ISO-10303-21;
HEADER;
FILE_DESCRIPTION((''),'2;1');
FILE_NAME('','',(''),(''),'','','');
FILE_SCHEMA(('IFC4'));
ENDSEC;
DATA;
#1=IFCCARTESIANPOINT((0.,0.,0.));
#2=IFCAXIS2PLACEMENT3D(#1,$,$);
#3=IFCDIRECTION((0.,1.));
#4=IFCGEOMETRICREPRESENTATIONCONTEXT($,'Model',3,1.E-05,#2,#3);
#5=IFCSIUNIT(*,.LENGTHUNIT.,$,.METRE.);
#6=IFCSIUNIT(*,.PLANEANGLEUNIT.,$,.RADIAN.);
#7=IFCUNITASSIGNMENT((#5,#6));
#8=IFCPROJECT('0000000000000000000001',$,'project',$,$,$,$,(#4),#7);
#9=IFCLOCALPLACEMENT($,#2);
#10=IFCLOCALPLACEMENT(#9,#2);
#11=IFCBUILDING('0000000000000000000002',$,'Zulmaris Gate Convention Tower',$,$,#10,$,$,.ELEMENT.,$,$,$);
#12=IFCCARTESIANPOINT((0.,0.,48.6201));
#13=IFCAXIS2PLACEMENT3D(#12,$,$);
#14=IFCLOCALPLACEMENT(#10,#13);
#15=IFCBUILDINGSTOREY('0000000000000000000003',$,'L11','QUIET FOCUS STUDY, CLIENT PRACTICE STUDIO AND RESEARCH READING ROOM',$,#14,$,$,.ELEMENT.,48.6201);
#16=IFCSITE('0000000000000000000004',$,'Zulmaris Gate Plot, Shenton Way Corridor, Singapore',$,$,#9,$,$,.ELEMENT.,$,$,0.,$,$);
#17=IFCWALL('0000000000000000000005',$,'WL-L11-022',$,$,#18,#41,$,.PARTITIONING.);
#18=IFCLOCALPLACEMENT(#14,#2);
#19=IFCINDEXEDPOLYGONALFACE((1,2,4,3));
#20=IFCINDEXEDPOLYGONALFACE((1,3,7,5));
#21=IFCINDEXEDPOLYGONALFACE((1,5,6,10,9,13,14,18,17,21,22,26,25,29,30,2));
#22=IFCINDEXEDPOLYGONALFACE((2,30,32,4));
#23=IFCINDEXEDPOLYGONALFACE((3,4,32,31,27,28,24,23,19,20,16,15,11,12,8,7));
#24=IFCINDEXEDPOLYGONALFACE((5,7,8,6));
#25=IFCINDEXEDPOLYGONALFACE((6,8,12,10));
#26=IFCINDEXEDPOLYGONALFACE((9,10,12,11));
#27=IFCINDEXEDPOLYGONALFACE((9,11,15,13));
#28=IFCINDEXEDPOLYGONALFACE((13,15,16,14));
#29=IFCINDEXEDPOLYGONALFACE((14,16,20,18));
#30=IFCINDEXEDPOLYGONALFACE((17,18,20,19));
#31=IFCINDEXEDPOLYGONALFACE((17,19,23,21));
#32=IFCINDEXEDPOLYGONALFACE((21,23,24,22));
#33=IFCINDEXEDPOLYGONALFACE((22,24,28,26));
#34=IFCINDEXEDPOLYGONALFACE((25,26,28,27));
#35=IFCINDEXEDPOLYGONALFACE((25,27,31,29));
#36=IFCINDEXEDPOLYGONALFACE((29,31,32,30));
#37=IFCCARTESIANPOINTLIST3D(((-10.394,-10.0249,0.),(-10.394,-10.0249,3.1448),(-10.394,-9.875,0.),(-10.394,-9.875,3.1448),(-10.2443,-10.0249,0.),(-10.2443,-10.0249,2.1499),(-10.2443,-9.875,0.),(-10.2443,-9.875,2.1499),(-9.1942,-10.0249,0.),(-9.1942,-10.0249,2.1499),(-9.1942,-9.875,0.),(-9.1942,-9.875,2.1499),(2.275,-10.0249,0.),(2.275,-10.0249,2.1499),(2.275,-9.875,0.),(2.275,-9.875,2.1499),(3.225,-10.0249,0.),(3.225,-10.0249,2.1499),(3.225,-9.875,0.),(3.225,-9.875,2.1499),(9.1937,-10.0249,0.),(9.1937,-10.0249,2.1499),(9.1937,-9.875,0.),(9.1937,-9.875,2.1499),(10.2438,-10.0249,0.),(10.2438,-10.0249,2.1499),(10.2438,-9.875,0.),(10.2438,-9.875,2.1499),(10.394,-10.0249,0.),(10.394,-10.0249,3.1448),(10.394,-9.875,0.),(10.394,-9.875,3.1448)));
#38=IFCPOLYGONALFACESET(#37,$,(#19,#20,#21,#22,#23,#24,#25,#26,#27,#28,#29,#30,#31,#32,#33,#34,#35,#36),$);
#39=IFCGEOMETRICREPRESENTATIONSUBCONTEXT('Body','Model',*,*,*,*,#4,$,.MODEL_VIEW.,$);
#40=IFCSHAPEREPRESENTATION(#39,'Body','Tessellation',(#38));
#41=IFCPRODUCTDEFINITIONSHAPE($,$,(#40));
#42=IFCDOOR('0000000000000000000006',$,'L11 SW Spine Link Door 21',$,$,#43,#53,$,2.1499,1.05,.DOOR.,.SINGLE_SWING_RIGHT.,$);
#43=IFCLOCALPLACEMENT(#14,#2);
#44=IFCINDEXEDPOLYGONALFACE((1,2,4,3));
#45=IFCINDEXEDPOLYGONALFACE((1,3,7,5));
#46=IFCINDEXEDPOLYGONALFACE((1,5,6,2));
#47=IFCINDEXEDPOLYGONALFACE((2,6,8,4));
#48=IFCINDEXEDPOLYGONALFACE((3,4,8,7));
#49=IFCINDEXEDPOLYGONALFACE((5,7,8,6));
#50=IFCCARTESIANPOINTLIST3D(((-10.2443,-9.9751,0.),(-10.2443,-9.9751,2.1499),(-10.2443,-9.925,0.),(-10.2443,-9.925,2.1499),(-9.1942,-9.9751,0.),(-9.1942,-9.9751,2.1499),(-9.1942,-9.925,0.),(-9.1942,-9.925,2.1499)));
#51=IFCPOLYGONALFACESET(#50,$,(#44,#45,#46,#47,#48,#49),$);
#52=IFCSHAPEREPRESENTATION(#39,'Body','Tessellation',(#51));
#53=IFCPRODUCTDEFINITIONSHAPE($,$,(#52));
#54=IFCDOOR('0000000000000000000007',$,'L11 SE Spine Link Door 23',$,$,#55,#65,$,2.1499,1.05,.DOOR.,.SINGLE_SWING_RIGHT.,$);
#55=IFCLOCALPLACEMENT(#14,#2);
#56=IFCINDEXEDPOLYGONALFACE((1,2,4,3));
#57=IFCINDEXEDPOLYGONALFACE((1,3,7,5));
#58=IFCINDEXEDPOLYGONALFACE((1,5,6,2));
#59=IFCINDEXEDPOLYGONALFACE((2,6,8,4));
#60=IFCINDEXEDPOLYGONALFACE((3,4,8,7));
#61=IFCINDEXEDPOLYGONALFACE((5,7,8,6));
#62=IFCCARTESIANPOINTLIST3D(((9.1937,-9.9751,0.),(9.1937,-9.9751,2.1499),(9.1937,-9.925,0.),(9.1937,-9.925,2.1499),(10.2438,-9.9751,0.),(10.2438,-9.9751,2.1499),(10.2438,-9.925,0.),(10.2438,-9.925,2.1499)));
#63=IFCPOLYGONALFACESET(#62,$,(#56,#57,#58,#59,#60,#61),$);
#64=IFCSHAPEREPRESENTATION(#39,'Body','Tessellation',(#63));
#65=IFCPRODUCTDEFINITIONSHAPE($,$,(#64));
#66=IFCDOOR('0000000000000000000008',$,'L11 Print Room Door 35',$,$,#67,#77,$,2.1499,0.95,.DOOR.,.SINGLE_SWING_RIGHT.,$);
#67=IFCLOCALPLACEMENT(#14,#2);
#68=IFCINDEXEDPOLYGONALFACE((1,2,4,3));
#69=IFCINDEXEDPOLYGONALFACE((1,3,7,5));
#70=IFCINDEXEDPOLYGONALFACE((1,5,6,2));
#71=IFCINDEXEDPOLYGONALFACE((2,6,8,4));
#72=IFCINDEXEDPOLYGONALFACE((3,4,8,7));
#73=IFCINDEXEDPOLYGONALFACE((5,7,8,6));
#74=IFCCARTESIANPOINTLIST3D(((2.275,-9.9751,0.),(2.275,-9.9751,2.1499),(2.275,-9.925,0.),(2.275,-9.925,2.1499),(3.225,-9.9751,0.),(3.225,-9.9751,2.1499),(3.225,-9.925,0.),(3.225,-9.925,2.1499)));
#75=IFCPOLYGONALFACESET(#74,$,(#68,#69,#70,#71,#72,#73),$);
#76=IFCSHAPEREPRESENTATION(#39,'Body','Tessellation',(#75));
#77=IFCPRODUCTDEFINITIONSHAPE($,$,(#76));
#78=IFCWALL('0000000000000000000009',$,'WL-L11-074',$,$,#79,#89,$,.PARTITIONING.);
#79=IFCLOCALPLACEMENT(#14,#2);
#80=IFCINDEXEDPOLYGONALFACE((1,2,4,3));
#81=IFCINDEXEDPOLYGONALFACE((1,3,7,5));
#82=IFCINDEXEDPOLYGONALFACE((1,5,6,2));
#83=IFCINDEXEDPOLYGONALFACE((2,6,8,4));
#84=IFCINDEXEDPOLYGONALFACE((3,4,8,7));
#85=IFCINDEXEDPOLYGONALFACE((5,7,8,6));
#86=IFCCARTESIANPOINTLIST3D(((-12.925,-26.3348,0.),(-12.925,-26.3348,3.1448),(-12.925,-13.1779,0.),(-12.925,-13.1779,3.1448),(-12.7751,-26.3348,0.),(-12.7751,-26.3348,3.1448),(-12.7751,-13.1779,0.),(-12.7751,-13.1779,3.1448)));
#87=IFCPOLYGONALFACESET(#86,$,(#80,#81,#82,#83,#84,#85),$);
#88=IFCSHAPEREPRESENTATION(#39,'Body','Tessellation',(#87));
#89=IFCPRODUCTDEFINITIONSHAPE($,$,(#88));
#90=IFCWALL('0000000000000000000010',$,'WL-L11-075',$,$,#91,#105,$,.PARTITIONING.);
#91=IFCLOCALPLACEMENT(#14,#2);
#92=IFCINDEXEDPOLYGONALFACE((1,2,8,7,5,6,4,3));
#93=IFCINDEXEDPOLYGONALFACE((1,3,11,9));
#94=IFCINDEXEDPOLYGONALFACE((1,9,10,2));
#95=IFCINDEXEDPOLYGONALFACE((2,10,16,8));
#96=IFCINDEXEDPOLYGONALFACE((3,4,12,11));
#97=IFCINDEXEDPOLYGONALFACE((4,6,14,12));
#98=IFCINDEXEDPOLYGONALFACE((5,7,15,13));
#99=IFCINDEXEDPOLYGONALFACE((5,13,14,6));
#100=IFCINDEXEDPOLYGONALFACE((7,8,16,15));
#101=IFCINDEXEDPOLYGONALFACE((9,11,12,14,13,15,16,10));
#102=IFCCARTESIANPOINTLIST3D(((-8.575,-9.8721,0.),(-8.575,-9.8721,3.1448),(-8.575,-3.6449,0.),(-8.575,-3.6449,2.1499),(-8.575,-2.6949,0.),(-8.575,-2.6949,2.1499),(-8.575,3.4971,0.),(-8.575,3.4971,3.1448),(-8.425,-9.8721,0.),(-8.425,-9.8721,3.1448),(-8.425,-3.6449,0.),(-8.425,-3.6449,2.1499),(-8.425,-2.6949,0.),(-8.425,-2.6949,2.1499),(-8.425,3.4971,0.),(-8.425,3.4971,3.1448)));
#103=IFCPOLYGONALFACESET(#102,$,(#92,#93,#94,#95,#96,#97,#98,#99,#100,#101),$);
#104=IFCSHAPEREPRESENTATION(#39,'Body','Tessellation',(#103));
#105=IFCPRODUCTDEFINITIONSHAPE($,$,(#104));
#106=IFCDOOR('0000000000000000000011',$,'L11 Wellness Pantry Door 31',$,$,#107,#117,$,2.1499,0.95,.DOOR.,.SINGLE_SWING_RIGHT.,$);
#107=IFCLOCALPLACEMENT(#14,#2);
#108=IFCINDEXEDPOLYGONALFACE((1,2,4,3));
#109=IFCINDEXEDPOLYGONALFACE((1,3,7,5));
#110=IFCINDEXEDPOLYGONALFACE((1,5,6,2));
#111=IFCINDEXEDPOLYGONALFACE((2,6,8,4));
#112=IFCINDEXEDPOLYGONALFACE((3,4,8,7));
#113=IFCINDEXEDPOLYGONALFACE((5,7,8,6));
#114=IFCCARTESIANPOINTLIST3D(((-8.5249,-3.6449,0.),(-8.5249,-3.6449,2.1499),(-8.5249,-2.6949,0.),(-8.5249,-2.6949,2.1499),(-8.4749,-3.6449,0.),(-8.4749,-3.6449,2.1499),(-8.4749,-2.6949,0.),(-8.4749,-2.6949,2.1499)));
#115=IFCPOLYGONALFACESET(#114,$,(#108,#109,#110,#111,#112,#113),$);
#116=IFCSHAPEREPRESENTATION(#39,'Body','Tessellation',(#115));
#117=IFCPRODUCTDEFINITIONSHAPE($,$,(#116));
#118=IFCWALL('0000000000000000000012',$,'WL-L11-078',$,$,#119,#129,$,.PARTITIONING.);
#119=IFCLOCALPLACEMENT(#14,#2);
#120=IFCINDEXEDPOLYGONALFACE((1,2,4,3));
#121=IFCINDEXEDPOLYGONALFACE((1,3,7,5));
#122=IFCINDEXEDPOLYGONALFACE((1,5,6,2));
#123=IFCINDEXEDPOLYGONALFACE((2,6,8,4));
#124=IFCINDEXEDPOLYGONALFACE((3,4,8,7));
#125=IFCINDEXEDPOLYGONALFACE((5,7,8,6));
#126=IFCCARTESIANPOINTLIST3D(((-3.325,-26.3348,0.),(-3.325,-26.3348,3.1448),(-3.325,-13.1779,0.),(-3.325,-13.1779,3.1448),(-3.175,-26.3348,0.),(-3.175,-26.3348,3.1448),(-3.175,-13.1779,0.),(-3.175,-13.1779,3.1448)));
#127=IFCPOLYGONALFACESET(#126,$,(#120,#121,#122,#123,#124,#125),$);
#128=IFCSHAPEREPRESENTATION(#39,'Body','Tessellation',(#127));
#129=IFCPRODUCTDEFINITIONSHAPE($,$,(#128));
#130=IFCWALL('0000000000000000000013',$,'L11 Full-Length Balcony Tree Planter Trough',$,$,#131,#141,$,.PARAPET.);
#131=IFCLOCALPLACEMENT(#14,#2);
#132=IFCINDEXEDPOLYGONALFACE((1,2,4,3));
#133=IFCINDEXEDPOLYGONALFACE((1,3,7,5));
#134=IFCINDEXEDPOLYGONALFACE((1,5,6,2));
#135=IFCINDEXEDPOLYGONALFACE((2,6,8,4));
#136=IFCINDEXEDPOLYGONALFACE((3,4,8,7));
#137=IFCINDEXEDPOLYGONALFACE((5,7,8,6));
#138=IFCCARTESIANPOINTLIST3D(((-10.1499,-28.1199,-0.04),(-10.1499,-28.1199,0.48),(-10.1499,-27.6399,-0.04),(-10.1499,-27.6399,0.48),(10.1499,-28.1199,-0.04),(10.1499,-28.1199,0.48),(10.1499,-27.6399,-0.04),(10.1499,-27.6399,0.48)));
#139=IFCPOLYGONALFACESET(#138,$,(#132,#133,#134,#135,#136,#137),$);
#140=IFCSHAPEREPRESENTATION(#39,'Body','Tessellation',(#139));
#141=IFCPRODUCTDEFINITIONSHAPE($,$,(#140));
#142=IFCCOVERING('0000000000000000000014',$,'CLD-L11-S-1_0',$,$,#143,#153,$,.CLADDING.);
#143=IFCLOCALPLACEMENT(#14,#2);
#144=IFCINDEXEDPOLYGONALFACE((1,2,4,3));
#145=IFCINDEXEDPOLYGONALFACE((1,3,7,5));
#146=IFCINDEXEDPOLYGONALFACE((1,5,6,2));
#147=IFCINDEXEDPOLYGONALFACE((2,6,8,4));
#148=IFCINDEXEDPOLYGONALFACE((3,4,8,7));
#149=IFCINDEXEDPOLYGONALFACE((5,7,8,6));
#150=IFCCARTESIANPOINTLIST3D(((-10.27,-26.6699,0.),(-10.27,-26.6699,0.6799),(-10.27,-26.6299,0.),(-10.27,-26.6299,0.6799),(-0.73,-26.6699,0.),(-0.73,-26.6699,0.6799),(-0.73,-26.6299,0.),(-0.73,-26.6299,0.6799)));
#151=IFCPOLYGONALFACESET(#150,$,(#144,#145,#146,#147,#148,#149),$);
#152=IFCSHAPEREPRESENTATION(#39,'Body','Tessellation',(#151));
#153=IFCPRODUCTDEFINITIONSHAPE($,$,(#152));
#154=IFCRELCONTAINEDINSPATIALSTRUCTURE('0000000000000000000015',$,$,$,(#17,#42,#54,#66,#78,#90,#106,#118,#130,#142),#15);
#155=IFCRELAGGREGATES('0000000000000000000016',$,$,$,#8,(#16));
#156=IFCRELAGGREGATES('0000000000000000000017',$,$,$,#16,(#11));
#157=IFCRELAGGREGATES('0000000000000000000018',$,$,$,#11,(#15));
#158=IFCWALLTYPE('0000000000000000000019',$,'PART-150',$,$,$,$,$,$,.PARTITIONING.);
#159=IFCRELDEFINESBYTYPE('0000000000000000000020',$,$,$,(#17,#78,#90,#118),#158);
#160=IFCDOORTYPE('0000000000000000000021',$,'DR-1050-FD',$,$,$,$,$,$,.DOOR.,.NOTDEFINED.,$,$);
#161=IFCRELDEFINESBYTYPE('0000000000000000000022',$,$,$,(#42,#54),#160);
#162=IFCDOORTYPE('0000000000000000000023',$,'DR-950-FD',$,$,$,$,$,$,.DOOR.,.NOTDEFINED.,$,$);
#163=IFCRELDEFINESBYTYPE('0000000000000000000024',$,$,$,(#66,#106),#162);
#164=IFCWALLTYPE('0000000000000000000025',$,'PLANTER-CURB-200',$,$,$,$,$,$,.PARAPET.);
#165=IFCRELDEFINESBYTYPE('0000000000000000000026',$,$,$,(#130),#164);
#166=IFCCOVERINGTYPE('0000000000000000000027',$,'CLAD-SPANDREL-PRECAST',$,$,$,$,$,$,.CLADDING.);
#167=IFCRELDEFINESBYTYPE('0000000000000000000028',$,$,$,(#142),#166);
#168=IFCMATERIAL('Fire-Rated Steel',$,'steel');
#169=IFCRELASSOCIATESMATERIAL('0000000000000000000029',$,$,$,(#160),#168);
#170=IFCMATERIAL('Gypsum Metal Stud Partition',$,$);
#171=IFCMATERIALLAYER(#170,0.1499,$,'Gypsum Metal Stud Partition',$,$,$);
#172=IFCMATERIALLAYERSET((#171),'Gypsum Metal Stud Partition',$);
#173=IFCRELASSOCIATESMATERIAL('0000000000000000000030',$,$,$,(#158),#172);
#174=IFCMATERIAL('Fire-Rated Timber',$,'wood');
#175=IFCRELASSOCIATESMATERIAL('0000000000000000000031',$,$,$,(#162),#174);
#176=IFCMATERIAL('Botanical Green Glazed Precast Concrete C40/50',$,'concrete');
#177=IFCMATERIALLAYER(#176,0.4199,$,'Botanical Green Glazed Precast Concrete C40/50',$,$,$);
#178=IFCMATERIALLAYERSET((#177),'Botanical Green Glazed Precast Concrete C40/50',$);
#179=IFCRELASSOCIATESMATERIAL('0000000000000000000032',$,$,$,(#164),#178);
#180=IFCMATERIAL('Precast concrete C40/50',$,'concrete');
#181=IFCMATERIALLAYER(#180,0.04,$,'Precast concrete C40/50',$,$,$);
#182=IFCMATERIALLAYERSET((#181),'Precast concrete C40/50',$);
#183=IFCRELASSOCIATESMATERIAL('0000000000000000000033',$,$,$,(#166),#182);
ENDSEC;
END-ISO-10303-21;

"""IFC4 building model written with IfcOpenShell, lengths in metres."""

from ifc_helpers import new_model, si_unit, direction, frame, frame_2d, origin, place, context, subcontext, project, spatial, rectangle, extrude, material, layer, layer_set, type_object, element, fill, save


model = new_model("IFC4")

# Units and contexts
model_context = context("Model", 3, precision=1e-05, world=origin(), true_north=direction((0.0, 1.0)))
body_context = subcontext(model_context, "Body", "Model", "MODEL_VIEW")
ifc_project = project(units=[si_unit("LENGTHUNIT", "METRE"), si_unit("PLANEANGLEUNIT", "RADIAN")], contexts=[model_context])

# Site, building, storey
site_placement = place(None, origin())
site = spatial("IfcSite", under=ifc_project, at=site_placement, Name="Zulmaris Gate Plot, Shenton Way Corridor, Singapore", CompositionType="ELEMENT", RefElevation=0.0)
building_placement = place(site_placement, origin())
building = spatial("IfcBuilding", under=site, at=building_placement, Name="Zulmaris Gate Convention Tower", CompositionType="ELEMENT")
storey_placement = place(building_placement, frame((0.0, 0.0, 48.6201)))
storey = spatial("IfcBuildingStorey", under=building, at=storey_placement, Name="L11", Description="QUIET FOCUS STUDY, CLIENT PRACTICE STUDIO AND RESEARCH READING ROOM", CompositionType="ELEMENT", Elevation=48.6201)

# Shared definitions
ifc_material_1 = material(Name="Fire-Rated Steel", Category="steel")
door_type_1 = type_object("IfcDoorType", Name="DR-1050-FD", OperationType="NOTDEFINED", PredefinedType="DOOR", material=ifc_material_1)

# Wall, openings, doors
ifc_material_2 = material(Name="Gypsum Metal Stud Partition")
ifc_layer_1 = layer(ifc_material_2, 0.1499, Name="Gypsum Metal Stud Partition")
ifc_layer_set_1 = layer_set([ifc_layer_1], Name="Gypsum Metal Stud Partition")
wall_type_1 = type_object("IfcWallType", Name="PART-150", PredefinedType="PARTITIONING", material=ifc_layer_set_1)
wall_1_placement = place(storey_placement, frame((-10.394, -9.95, 0.0), z_axis=(0.0, 0.0, 1.0), x_axis=(1.0, 0.0, 0.0)))
wall_1 = element("IfcWall", 1, at=wall_1_placement, inside=storey, type_object=wall_type_1, Name="WL-L11-022", PredefinedType="PARTITIONING", context=body_context, shape_type="SweptSolid", body=[
    extrude(rectangle(XDim=20.7881, YDim=0.1499, at=frame_2d((10.394, 0.0))), origin(), (0.0, 0.0, 1.0), 3.1448),
])
opening_1_placement = place(wall_1_placement, frame((0.1499, 0.0, 0.0)))
opening_1 = element("IfcOpeningElement", 2, at=opening_1_placement, cuts=wall_1, PredefinedType="OPENING", context=body_context, shape_type="SweptSolid", body=[
    extrude(rectangle(XDim=1.05, YDim=2.1499, at=frame_2d((0.5249, 1.075))), frame((0.0, 0.085, 0.0), z_axis=(0.0, -1.0, 0.0), x_axis=(1.0, 0.0, 0.0)), (0.0, 0.0, 1.0), 0.1699),
])
opening_2_placement = place(wall_1_placement, frame((19.5879, 0.0, 0.0)))
opening_2 = element("IfcOpeningElement", 3, at=opening_2_placement, cuts=wall_1, PredefinedType="OPENING", context=body_context, shape_type="SweptSolid", body=[
    extrude(rectangle(XDim=1.05, YDim=2.1499, at=frame_2d((0.5249, 1.075))), frame((0.0, 0.085, 0.0), z_axis=(0.0, -1.0, 0.0), x_axis=(1.0, 0.0, 0.0)), (0.0, 0.0, 1.0), 0.1699),
])
opening_3_placement = place(wall_1_placement, frame((12.6689, 0.0, 0.0)))
opening_3 = element("IfcOpeningElement", 4, at=opening_3_placement, cuts=wall_1, PredefinedType="OPENING", context=body_context, shape_type="SweptSolid", body=[
    extrude(rectangle(XDim=0.95, YDim=2.1499, at=frame_2d((0.4751, 1.075))), frame((0.0, 0.085, 0.0), z_axis=(0.0, -1.0, 0.0), x_axis=(1.0, 0.0, 0.0)), (0.0, 0.0, 1.0), 0.1699),
])
door_1_placement = place(opening_1_placement, origin())
door_1 = element("IfcDoor", 5, at=door_1_placement, inside=storey, type_object=door_type_1, Name="L11 SW Spine Link Door 21", OperationType="SINGLE_SWING_RIGHT", OverallHeight=2.1499, OverallWidth=1.05, PredefinedType="DOOR", context=body_context, shape_type="SweptSolid", body=[
    extrude(rectangle(XDim=1.05, YDim=2.1499, at=frame_2d((0.5249, 1.075))), frame((0.0, 0.0249, 0.0), z_axis=(0.0, -1.0, 0.0), x_axis=(1.0, 0.0, 0.0)), (0.0, 0.0, 1.0), 0.05),
])
fill(opening_1, door_1)
door_2_placement = place(opening_2_placement, origin())
door_2 = element("IfcDoor", 6, at=door_2_placement, inside=storey, type_object=door_type_1, Name="L11 SE Spine Link Door 23", OperationType="SINGLE_SWING_RIGHT", OverallHeight=2.1499, OverallWidth=1.05, PredefinedType="DOOR", context=body_context, shape_type="SweptSolid", body=[
    extrude(rectangle(XDim=1.05, YDim=2.1499, at=frame_2d((0.5249, 1.075))), frame((0.0, 0.0249, 0.0), z_axis=(0.0, -1.0, 0.0), x_axis=(1.0, 0.0, 0.0)), (0.0, 0.0, 1.0), 0.05),
])
fill(opening_2, door_2)
ifc_material_3 = material(Name="Fire-Rated Timber", Category="wood")
door_type_2 = type_object("IfcDoorType", Name="DR-950-FD", OperationType="NOTDEFINED", PredefinedType="DOOR", material=ifc_material_3)
door_3_placement = place(opening_3_placement, origin())
door_3 = element("IfcDoor", 7, at=door_3_placement, inside=storey, type_object=door_type_2, Name="L11 Print Room Door 35", OperationType="SINGLE_SWING_RIGHT", OverallHeight=2.1499, OverallWidth=0.95, PredefinedType="DOOR", context=body_context, shape_type="SweptSolid", body=[
    extrude(rectangle(XDim=0.95, YDim=2.1499, at=frame_2d((0.4751, 1.075))), frame((0.0, 0.0249, 0.0), z_axis=(0.0, -1.0, 0.0), x_axis=(1.0, 0.0, 0.0)), (0.0, 0.0, 1.0), 0.05),
])
fill(opening_3, door_3)

# Wall
wall_2_placement = place(storey_placement, frame((-12.8501, -26.335, 0.0), z_axis=(0.0, 0.0, 1.0), x_axis=(0.0, 1.0, 0.0)))
element("IfcWall", 8, at=wall_2_placement, inside=storey, type_object=wall_type_1, Name="WL-L11-074", PredefinedType="PARTITIONING", context=body_context, shape_type="SweptSolid", body=[
    extrude(rectangle(XDim=13.157, YDim=0.1499, at=frame_2d((6.5786, 0.0))), origin(), (0.0, 0.0, 1.0), 3.1448),
])

# Wall, opening, door
wall_3_placement = place(storey_placement, frame((-8.5, -9.8721, 0.0), z_axis=(0.0, 0.0, 1.0), x_axis=(0.0, 1.0, 0.0)))
wall_3 = element("IfcWall", 9, at=wall_3_placement, inside=storey, type_object=wall_type_1, Name="WL-L11-075", PredefinedType="PARTITIONING", context=body_context, shape_type="SweptSolid", body=[
    extrude(rectangle(XDim=13.3691, YDim=0.1499, at=frame_2d((6.6846, 0.0))), origin(), (0.0, 0.0, 1.0), 3.1448),
])
opening_4_placement = place(wall_3_placement, frame((6.2271, 0.0, 0.0)))
opening_4 = element("IfcOpeningElement", 10, at=opening_4_placement, cuts=wall_3, PredefinedType="OPENING", context=body_context, shape_type="SweptSolid", body=[
    extrude(rectangle(XDim=0.95, YDim=2.1499, at=frame_2d((0.4751, 1.075))), frame((0.0, 0.085, 0.0), z_axis=(0.0, -1.0, 0.0), x_axis=(1.0, 0.0, 0.0)), (0.0, 0.0, 1.0), 0.1699),
])
door_4_placement = place(opening_4_placement, origin())
door_4 = element("IfcDoor", 11, at=door_4_placement, inside=storey, type_object=door_type_2, Name="L11 Wellness Pantry Door 31", OperationType="SINGLE_SWING_RIGHT", OverallHeight=2.1499, OverallWidth=0.95, PredefinedType="DOOR", context=body_context, shape_type="SweptSolid", body=[
    extrude(rectangle(XDim=0.95, YDim=2.1499, at=frame_2d((0.4751, 1.075))), frame((0.0, 0.0249, 0.0), z_axis=(0.0, -1.0, 0.0), x_axis=(1.0, 0.0, 0.0)), (0.0, 0.0, 1.0), 0.05),
])
fill(opening_4, door_4)

# Walls
wall_4_placement = place(storey_placement, frame((-3.25, -26.335, 0.0), z_axis=(0.0, 0.0, 1.0), x_axis=(0.0, 1.0, 0.0)))
element("IfcWall", 12, at=wall_4_placement, inside=storey, type_object=wall_type_1, Name="WL-L11-078", PredefinedType="PARTITIONING", context=body_context, shape_type="SweptSolid", body=[
    extrude(rectangle(XDim=13.157, YDim=0.1499, at=frame_2d((6.5786, 0.0))), origin(), (0.0, 0.0, 1.0), 3.1448),
])
ifc_material_4 = material(Name="Botanical Green Glazed Precast Concrete C40/50", Category="concrete")
ifc_layer_2 = layer(ifc_material_4, 0.4199, Name="Botanical Green Glazed Precast Concrete C40/50")
ifc_layer_set_2 = layer_set([ifc_layer_2], Name="Botanical Green Glazed Precast Concrete C40/50")
wall_type_2 = type_object("IfcWallType", Name="PLANTER-CURB-200", PredefinedType="PARAPET", material=ifc_layer_set_2)
wall_5_placement = place(storey_placement, frame((-10.1499, -27.8799, -0.04), z_axis=(0.0, 0.0, 1.0), x_axis=(1.0, 0.0, 0.0)))
element("IfcWall", 13, at=wall_5_placement, inside=storey, type_object=wall_type_2, Name="L11 Full-Length Balcony Tree Planter Trough", PredefinedType="PARAPET", context=body_context, shape_type="SweptSolid", body=[
    extrude(rectangle(XDim=20.2998, YDim=0.48, at=frame_2d((10.1499, 0.0))), origin(), (0.0, 0.0, 1.0), 0.52),
])

# Shared definitions
ifc_material_5 = material(Name="Precast concrete C40/50", Category="concrete")

# Covering
ifc_layer_3 = layer(ifc_material_5, 0.04, Name="Precast concrete C40/50")
ifc_layer_set_3 = layer_set([ifc_layer_3], Name="Precast concrete C40/50")
covering_type = type_object("IfcCoveringType", Name="CLAD-SPANDREL-PRECAST", PredefinedType="CLADDING", material=ifc_layer_set_3)
covering_placement = place(storey_placement, frame((-10.27, -26.6499, 0.0), z_axis=(0.0, 0.0, 1.0), x_axis=(1.0, 0.0, 0.0)))
element("IfcCovering", 14, at=covering_placement, inside=storey, type_object=covering_type, Name="CLD-L11-S-1_0", PredefinedType="CLADDING", context=body_context, shape_type="SweptSolid", body=[
    extrude(rectangle(XDim=9.54, YDim=0.04, at=frame_2d((4.77, 0.0))), origin(), (0.0, 0.0, 1.0), 0.6799),
])

save(model, "model.ifc")
